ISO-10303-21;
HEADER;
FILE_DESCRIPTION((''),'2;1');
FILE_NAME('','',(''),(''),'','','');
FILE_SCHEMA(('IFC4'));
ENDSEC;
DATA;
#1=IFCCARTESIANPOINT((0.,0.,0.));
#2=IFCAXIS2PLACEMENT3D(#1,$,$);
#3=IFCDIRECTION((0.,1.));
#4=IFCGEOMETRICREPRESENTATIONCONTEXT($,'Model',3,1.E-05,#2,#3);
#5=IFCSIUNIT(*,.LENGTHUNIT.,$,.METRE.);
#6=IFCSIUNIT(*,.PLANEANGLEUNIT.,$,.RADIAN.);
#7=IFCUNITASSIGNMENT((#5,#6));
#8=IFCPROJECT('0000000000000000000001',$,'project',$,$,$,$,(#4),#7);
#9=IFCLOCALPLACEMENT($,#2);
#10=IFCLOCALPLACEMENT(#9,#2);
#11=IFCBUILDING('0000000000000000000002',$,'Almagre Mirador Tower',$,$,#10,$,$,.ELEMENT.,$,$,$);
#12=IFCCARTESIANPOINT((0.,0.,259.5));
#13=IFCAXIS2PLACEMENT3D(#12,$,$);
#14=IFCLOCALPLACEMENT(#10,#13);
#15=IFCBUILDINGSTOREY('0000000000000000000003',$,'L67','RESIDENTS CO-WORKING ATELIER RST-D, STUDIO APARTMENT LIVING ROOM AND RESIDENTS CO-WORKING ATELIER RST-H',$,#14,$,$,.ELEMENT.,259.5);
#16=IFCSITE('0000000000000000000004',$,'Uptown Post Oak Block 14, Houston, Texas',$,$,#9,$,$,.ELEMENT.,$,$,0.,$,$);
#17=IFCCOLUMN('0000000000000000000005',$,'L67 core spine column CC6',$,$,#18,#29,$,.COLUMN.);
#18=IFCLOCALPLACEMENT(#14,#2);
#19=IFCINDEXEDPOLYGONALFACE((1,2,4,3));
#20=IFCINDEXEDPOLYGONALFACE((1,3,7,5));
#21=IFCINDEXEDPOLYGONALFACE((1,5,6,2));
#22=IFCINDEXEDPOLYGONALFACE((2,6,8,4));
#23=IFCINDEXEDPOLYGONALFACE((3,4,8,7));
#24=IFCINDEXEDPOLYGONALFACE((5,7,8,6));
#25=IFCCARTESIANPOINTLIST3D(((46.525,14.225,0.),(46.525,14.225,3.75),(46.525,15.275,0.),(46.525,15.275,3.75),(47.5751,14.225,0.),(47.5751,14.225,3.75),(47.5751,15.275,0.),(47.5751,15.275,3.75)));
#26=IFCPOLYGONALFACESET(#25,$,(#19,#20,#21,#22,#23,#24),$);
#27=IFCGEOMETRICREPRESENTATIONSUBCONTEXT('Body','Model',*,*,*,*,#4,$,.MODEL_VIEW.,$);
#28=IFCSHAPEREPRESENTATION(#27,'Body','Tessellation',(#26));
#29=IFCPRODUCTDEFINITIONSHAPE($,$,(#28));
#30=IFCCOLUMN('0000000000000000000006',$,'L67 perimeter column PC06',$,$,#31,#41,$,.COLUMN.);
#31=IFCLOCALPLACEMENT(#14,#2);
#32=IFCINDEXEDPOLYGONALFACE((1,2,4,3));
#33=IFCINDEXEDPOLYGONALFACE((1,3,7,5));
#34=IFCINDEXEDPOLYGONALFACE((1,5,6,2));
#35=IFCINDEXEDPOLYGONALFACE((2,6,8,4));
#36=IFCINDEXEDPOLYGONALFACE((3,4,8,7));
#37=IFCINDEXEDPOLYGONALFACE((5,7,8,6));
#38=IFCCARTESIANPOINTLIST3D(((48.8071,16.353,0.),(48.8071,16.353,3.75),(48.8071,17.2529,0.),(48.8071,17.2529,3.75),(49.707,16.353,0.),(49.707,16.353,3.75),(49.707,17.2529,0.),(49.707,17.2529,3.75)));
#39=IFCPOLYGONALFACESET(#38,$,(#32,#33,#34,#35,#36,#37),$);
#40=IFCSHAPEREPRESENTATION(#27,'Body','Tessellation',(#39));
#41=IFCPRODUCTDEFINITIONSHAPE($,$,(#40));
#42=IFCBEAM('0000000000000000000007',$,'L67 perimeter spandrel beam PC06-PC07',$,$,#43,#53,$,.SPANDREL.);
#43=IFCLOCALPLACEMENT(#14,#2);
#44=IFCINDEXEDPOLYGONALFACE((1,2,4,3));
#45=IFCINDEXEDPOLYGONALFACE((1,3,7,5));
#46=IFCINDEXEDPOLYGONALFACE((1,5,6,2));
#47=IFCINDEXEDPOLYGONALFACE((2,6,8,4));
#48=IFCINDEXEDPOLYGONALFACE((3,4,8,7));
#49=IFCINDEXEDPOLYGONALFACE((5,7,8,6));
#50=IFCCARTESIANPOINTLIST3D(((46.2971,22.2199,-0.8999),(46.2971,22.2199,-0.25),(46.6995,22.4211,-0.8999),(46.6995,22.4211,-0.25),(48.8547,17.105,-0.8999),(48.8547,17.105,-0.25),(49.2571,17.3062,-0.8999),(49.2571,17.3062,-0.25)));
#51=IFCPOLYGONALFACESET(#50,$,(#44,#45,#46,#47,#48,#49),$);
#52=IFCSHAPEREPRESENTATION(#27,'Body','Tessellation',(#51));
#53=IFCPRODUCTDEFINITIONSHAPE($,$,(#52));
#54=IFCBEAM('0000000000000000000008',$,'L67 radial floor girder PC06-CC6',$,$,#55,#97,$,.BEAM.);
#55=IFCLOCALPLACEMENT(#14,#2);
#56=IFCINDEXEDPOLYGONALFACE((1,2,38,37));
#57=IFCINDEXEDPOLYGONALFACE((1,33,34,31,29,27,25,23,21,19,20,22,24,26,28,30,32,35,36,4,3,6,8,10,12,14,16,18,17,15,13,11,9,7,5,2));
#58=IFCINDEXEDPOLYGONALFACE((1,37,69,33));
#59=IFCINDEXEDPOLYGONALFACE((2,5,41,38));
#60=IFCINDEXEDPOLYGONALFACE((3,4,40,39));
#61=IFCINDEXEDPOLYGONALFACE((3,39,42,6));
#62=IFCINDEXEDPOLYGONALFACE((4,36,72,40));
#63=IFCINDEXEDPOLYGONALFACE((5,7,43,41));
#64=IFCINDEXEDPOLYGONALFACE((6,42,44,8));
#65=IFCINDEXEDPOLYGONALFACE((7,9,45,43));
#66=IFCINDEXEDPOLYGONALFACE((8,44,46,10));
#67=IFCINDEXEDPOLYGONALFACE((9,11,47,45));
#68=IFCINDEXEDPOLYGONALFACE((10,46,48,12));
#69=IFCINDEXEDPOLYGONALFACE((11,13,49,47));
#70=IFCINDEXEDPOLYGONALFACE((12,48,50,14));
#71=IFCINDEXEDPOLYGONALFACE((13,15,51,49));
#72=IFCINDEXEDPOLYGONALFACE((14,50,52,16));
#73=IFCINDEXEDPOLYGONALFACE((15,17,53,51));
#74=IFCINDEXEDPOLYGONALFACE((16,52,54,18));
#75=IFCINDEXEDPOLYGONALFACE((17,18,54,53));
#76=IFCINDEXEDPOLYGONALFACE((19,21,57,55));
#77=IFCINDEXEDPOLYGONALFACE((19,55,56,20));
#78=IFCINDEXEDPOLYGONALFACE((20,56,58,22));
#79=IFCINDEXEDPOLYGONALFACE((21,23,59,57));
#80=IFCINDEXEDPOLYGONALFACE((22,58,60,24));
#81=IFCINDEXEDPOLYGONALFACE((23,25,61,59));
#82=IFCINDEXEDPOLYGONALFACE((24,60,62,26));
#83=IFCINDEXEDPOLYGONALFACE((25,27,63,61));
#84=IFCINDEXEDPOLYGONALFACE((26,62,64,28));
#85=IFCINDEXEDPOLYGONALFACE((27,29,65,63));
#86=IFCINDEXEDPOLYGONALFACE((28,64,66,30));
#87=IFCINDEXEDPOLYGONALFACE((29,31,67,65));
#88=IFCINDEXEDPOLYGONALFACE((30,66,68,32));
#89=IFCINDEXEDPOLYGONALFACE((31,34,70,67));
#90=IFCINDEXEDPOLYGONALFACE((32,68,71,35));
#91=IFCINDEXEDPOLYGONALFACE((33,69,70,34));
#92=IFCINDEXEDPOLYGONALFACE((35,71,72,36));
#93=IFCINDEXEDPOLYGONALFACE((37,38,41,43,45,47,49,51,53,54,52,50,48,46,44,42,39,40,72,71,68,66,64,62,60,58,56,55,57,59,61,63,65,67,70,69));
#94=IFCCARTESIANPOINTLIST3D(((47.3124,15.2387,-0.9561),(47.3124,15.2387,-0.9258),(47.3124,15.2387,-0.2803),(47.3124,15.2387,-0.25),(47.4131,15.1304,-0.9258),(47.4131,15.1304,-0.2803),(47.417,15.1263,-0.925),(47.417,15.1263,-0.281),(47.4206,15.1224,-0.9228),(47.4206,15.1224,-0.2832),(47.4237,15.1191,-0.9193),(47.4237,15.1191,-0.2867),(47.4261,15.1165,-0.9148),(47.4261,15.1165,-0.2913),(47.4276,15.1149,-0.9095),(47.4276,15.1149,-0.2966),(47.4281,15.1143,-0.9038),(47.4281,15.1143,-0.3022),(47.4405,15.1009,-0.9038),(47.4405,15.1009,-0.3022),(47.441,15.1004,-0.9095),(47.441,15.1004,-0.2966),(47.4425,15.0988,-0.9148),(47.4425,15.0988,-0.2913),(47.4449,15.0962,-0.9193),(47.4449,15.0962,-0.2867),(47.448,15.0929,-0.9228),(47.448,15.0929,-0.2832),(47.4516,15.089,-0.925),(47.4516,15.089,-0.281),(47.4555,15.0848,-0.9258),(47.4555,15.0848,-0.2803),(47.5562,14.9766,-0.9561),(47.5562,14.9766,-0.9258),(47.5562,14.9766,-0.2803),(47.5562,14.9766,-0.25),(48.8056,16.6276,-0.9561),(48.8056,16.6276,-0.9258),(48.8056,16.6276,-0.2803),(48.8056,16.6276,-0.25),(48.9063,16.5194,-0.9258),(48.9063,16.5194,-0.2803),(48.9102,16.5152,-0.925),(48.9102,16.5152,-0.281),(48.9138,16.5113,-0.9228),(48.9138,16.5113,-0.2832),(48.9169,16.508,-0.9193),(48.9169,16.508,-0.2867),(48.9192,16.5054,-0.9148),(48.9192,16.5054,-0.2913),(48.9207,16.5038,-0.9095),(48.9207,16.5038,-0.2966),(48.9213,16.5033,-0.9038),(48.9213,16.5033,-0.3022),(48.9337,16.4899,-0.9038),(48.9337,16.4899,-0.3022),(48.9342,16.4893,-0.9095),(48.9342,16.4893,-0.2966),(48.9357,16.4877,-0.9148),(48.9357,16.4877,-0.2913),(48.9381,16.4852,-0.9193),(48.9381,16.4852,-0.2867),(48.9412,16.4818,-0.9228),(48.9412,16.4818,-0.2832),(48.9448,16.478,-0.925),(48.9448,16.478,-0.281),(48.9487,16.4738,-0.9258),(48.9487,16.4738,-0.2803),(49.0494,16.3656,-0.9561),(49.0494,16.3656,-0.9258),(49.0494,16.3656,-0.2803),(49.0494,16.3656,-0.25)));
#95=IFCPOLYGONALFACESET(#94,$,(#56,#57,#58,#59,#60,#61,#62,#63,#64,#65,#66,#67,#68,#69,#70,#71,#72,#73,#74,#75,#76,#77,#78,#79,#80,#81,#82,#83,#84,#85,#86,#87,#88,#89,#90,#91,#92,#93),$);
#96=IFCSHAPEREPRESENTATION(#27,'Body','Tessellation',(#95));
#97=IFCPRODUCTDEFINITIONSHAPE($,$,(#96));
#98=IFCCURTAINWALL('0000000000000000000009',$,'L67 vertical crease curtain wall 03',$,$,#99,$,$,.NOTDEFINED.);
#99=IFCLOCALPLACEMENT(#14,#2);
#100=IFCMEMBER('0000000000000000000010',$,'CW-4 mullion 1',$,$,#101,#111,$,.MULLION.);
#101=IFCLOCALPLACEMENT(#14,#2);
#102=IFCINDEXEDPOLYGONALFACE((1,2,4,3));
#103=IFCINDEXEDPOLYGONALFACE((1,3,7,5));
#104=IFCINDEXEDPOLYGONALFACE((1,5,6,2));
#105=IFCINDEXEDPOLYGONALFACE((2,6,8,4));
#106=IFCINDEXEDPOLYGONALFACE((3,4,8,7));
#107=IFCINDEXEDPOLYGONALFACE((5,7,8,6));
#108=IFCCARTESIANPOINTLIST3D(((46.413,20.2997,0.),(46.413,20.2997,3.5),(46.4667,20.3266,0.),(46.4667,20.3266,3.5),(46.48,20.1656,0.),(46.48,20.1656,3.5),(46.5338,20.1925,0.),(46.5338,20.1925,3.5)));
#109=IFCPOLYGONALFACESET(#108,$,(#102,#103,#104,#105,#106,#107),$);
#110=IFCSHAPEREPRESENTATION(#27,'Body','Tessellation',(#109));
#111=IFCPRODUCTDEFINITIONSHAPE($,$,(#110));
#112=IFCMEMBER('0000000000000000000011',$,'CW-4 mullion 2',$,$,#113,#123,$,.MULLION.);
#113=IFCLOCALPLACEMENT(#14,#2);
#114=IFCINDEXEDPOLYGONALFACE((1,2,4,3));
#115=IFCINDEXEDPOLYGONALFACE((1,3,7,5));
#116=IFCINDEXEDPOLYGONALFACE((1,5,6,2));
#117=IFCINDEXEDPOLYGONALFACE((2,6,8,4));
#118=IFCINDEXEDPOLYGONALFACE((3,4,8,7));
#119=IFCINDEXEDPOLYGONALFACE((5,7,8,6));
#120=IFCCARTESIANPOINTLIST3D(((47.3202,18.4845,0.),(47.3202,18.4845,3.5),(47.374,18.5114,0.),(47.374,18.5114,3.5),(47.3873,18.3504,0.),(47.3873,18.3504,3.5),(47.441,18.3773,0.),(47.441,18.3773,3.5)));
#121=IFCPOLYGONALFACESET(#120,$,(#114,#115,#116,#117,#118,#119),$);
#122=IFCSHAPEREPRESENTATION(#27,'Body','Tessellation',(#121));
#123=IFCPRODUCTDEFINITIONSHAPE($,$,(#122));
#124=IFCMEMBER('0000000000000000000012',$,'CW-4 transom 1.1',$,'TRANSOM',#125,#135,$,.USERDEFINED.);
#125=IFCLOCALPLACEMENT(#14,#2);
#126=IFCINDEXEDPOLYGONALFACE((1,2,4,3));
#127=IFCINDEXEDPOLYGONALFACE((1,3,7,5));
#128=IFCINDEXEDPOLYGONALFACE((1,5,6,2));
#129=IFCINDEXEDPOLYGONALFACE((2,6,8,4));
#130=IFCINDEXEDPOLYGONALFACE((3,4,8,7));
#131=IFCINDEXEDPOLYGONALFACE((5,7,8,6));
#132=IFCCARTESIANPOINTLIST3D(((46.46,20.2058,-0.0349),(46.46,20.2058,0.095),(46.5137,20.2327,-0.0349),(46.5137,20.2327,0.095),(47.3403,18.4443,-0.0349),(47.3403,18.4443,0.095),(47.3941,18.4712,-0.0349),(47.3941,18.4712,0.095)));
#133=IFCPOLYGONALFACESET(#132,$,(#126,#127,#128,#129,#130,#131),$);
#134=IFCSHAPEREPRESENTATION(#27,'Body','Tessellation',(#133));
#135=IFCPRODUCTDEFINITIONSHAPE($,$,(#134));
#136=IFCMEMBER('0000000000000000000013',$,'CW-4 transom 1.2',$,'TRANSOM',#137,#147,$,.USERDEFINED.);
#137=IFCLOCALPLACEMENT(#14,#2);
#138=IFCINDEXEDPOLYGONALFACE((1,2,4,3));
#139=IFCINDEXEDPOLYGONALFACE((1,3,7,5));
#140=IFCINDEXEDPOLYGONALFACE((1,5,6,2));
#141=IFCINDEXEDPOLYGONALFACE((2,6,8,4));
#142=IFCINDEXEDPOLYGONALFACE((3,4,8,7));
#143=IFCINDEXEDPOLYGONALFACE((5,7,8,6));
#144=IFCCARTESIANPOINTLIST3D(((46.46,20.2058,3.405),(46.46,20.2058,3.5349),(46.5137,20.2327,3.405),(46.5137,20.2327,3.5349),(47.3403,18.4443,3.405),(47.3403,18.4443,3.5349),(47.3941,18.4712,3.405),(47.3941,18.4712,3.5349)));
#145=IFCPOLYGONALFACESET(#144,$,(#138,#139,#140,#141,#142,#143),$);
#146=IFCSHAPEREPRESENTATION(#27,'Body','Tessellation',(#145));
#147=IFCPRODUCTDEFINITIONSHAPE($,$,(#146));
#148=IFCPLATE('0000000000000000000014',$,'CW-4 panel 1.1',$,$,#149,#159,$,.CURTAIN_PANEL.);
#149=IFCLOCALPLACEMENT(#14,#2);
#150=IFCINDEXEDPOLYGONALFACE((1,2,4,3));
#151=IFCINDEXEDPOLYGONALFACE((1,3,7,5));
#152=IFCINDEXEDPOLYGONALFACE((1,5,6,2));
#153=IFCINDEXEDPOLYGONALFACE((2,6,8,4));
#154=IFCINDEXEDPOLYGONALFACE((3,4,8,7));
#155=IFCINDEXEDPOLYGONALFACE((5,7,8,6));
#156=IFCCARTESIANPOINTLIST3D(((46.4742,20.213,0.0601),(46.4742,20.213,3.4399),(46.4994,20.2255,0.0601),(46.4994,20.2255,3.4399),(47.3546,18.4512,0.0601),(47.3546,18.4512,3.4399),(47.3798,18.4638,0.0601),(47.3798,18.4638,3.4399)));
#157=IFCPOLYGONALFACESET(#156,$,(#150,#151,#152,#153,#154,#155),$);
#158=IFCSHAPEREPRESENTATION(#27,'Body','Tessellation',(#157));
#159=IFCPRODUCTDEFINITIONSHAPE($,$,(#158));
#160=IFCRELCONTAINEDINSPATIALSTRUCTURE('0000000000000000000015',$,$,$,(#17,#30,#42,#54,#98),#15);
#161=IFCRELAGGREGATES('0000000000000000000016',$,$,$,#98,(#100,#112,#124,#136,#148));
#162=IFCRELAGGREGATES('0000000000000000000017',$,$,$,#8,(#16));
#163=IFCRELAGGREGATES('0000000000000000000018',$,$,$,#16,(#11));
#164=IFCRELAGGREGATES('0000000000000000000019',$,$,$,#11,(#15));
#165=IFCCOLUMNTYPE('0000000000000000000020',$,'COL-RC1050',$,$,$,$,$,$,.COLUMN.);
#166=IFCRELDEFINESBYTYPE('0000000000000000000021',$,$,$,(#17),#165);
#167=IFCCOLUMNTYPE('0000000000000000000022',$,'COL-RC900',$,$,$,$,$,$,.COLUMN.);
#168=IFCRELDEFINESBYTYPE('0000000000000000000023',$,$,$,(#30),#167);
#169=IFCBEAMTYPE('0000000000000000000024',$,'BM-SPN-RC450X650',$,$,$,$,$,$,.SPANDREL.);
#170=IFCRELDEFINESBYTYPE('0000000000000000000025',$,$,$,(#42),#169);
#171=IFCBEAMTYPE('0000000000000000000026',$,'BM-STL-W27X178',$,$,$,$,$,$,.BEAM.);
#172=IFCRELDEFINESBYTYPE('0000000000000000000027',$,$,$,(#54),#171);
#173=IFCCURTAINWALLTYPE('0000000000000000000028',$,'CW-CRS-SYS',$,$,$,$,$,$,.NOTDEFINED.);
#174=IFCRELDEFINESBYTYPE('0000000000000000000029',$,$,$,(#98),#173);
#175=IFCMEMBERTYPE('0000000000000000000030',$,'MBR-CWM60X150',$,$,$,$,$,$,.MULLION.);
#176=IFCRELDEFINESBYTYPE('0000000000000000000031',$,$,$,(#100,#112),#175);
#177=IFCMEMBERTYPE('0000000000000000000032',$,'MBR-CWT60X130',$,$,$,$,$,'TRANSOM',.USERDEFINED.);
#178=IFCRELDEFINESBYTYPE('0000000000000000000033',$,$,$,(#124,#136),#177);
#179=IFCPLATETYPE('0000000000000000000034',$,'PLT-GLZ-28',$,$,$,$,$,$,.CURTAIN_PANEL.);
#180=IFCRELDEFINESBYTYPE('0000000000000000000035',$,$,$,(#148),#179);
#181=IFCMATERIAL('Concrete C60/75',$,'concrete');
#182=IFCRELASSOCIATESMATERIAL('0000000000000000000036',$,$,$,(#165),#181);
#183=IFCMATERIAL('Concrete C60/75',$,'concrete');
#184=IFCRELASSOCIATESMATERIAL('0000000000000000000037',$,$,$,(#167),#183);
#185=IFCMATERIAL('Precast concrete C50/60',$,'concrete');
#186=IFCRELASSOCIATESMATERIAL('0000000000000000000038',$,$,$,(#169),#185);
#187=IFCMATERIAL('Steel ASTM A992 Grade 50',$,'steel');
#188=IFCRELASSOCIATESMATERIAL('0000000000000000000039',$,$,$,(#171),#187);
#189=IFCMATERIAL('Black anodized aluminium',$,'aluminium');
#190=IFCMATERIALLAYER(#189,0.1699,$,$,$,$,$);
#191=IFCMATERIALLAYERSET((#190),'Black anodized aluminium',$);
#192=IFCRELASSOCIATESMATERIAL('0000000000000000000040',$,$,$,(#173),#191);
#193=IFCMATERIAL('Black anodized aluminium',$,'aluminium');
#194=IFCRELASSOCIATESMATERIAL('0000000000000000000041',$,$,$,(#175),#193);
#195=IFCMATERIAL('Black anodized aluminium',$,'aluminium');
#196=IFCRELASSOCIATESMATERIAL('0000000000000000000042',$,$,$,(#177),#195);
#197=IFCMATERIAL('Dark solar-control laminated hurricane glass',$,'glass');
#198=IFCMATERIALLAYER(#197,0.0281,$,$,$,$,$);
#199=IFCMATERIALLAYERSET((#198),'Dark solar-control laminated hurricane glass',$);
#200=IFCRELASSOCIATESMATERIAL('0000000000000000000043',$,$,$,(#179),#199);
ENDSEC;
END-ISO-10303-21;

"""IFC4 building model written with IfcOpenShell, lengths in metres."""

from ifc_helpers import new_model, si_unit, direction, frame, origin, origin_2d, place, context, subcontext, project, spatial, rectangle, i_section, extrude, material, layer, layer_set, material_profile, profile_set, type_object, element, aggregate, save


model = new_model("IFC4")

# Units and contexts
model_context = context("Model", 3, precision=1e-05, world=origin(), true_north=direction((0.0, 1.0)))
body_context = subcontext(model_context, "Body", "Model", "MODEL_VIEW")
ifc_project = project(units=[si_unit("LENGTHUNIT", "METRE"), si_unit("PLANEANGLEUNIT", "RADIAN")], contexts=[model_context])

# Site, building, storey
site_placement = place(None, origin())
site = spatial("IfcSite", under=ifc_project, at=site_placement, Name="Uptown Post Oak Block 14, Houston, Texas", CompositionType="ELEMENT", RefElevation=0.0)
building_placement = place(site_placement, origin())
building = spatial("IfcBuilding", under=site, at=building_placement, Name="Almagre Mirador Tower", CompositionType="ELEMENT")
storey_placement = place(building_placement, frame((0.0, 0.0, 259.5)))
storey = spatial("IfcBuildingStorey", under=building, at=storey_placement, Name="L67", Description="RESIDENTS CO-WORKING ATELIER RST-D, STUDIO APARTMENT LIVING ROOM AND RESIDENTS CO-WORKING ATELIER RST-H", CompositionType="ELEMENT", Elevation=259.5)

# Columns
ifc_material_1 = material(Name="Concrete C60/75", Category="concrete")
ifc_material_profile_1 = material_profile(ifc_material_1, rectangle(XDim=1.05, YDim=1.05, at=origin_2d()), Name="RC1050X1050")
ifc_profile_set_1 = profile_set([ifc_material_profile_1], Name="Concrete C60/75")
column_type_1 = type_object("IfcColumnType", Name="COL-RC1050", PredefinedType="COLUMN", material=ifc_profile_set_1)
column_1_placement = place(storey_placement, frame((47.05, 14.75, 0.0), z_axis=(0.0, 0.0, 1.0), x_axis=(1.0, 0.0, 0.0)))
element("IfcColumn", 1, at=column_1_placement, inside=storey, type_object=column_type_1, Name="L67 core spine column CC6", PredefinedType="COLUMN", context=body_context, shape_type="SweptSolid", body=[
    extrude(rectangle(XDim=1.05, YDim=1.05, at=origin_2d()), origin(), (0.0, 0.0, 1.0), 3.75),
])
ifc_material_2 = material(Name="Concrete C60/75", Category="concrete")
ifc_material_profile_2 = material_profile(ifc_material_2, rectangle(XDim=0.8999, YDim=0.8999, at=origin_2d()), Name="RC900X900")
ifc_profile_set_2 = profile_set([ifc_material_profile_2], Name="Concrete C60/75")
column_type_2 = type_object("IfcColumnType", Name="COL-RC900", PredefinedType="COLUMN", material=ifc_profile_set_2)
column_2_placement = place(storey_placement, frame((49.2571, 16.803, 0.0), z_axis=(0.0, 0.0, 1.0), x_axis=(1.0, 0.0, 0.0)))
element("IfcColumn", 2, at=column_2_placement, inside=storey, type_object=column_type_2, Name="L67 perimeter column PC06", PredefinedType="COLUMN", context=body_context, shape_type="SweptSolid", body=[
    extrude(rectangle(XDim=0.8999, YDim=0.8999, at=origin_2d()), origin(), (0.0, 0.0, 1.0), 3.75),
])

# Beams
ifc_material_3 = material(Name="Precast concrete C50/60", Category="concrete")
ifc_material_profile_3 = material_profile(ifc_material_3, rectangle(XDim=0.45, YDim=0.6499, at=origin_2d()), Name="RC450X650")
ifc_profile_set_3 = profile_set([ifc_material_profile_3], Name="Precast concrete C50/60")
beam_type_1 = type_object("IfcBeamType", Name="BM-SPN-RC450X650", PredefinedType="SPANDREL", material=ifc_profile_set_3)
beam_1_placement = place(storey_placement, frame((49.0559, 17.2056, -0.575), z_axis=(-0.447231, 0.894419, 0.0), x_axis=(-0.894419, -0.447231, 0.0)))
element("IfcBeam", 3, at=beam_1_placement, inside=storey, type_object=beam_type_1, Name="L67 perimeter spandrel beam PC06-PC07", PredefinedType="SPANDREL", context=body_context, shape_type="SweptSolid", body=[
    extrude(rectangle(XDim=0.45, YDim=0.6499, at=origin_2d()), origin(), (0.0, 0.0, 1.0), 5.7188),
])
ifc_material_4 = material(Name="Steel ASTM A992 Grade 50", Category="steel")
ifc_material_profile_4 = material_profile(ifc_material_4, i_section(OverallWidth=0.3579, OverallDepth=0.7061, WebThickness=0.0183, FlangeThickness=0.0303, FilletRadius=0.022, at=origin_2d()), Name="W27X178")
ifc_profile_set_4 = profile_set([ifc_material_profile_4], Name="Steel ASTM A992 Grade 50")
beam_type_2 = type_object("IfcBeamType", Name="BM-STL-W27X178", PredefinedType="BEAM", material=ifc_profile_set_4)
beam_2_placement = place(storey_placement, frame((48.9275, 16.4966, -0.603), z_axis=(-0.732205, -0.681085, 0.0), x_axis=(0.681085, -0.732205, 0.0)))
element("IfcBeam", 4, at=beam_2_placement, inside=storey, type_object=beam_type_2, Name="L67 radial floor girder PC06-CC6", PredefinedType="BEAM", context=body_context, shape_type="SweptSolid", body=[
    extrude(i_section(OverallWidth=0.3579, OverallDepth=0.7061, WebThickness=0.0183, FlangeThickness=0.0303, FilletRadius=0.022, at=origin_2d()), origin(), (0.0, 0.0, 1.0), 2.0393),
])

# Curtain wall, members, plate
ifc_material_5 = material(Name="Black anodized aluminium", Category="aluminium")
ifc_layer_1 = layer(ifc_material_5, 0.1699)
ifc_layer_set_1 = layer_set([ifc_layer_1], Name="Black anodized aluminium")
curtain_wall_type = type_object("IfcCurtainWallType", Name="CW-CRS-SYS", PredefinedType="NOTDEFINED", material=ifc_layer_set_1)
curtain_wall_placement = place(storey_placement, origin())
curtain_wall = element("IfcCurtainWall", 5, at=curtain_wall_placement, inside=storey, type_object=curtain_wall_type, Name="L67 vertical crease curtain wall 03", PredefinedType="NOTDEFINED")
ifc_material_6 = material(Name="Black anodized aluminium", Category="aluminium")
ifc_material_profile_5 = material_profile(ifc_material_6, rectangle(XDim=0.0601, YDim=0.1499, at=origin_2d()), Name="CWM60X150")
ifc_profile_set_5 = profile_set([ifc_material_profile_5], Name="Black anodized aluminium")
member_type_1 = type_object("IfcMemberType", Name="MBR-CWM60X150", PredefinedType="MULLION", material=ifc_profile_set_5)
member_1_placement = place(storey_placement, frame((46.4734, 20.2461, 0.0), z_axis=(0.0, 0.0, 1.0), x_axis=(0.894523, 0.447022, 0.0)))
member_1 = element("IfcMember", 6, at=member_1_placement, type_object=member_type_1, Name="CW-4 mullion 1", PredefinedType="MULLION", context=body_context, shape_type="SweptSolid", body=[
    extrude(rectangle(XDim=0.0601, YDim=0.1499, at=origin_2d()), origin(), (0.0, 0.0, 1.0), 3.5),
])
member_2_placement = place(storey_placement, frame((47.3806, 18.4309, 0.0), z_axis=(0.0, 0.0, 1.0), x_axis=(0.894523, 0.447022, 0.0)))
member_2 = element("IfcMember", 7, at=member_2_placement, type_object=member_type_1, Name="CW-4 mullion 2", PredefinedType="MULLION", context=body_context, shape_type="SweptSolid", body=[
    extrude(rectangle(XDim=0.0601, YDim=0.1499, at=origin_2d()), origin(), (0.0, 0.0, 1.0), 3.5),
])
ifc_material_7 = material(Name="Black anodized aluminium", Category="aluminium")
ifc_material_profile_6 = material_profile(ifc_material_7, rectangle(XDim=0.0601, YDim=0.1299, at=origin_2d()), Name="CWT60X130")
ifc_profile_set_6 = profile_set([ifc_material_profile_6], Name="Black anodized aluminium")
member_type_2 = type_object("IfcMemberType", Name="MBR-CWT60X130", ElementType="TRANSOM", PredefinedType="USERDEFINED", material=ifc_profile_set_6)
member_3_placement = place(storey_placement, frame((46.4868, 20.2192, 0.03), z_axis=(0.447065, -0.894502, 0.0), x_axis=(0.894502, 0.447065, 0.0)))
member_3 = element("IfcMember", 8, at=member_3_placement, type_object=member_type_2, Name="CW-4 transom 1.1", ObjectType="TRANSOM", PredefinedType="USERDEFINED", context=body_context, shape_type="SweptSolid", body=[
    extrude(rectangle(XDim=0.0601, YDim=0.1299, at=origin_2d()), origin(), (0.0, 0.0, 1.0), 1.9692),
])
member_4_placement = place(storey_placement, frame((46.4868, 20.2192, 3.47), z_axis=(0.447065, -0.894502, 0.0), x_axis=(0.894502, 0.447065, 0.0)))
member_4 = element("IfcMember", 9, at=member_4_placement, type_object=member_type_2, Name="CW-4 transom 1.2", ObjectType="TRANSOM", PredefinedType="USERDEFINED", context=body_context, shape_type="SweptSolid", body=[
    extrude(rectangle(XDim=0.0601, YDim=0.1299, at=origin_2d()), origin(), (0.0, 0.0, 1.0), 1.9692),
])
ifc_material_8 = material(Name="Dark solar-control laminated hurricane glass", Category="glass")
ifc_layer_2 = layer(ifc_material_8, 0.0281)
ifc_layer_set_2 = layer_set([ifc_layer_2], Name="Dark solar-control laminated hurricane glass")
plate_type = type_object("IfcPlateType", Name="PLT-GLZ-28", PredefinedType="CURTAIN_PANEL", material=ifc_layer_set_2)
plate_placement = place(storey_placement, frame((46.927, 19.3384, 0.0601), z_axis=(0.0, 0.0, 1.0), x_axis=(0.447022, -0.894523, 0.0)))
plate = element("IfcPlate", 10, at=plate_placement, type_object=plate_type, Name="CW-4 panel 1.1", PredefinedType="CURTAIN_PANEL", context=body_context, shape_type="SweptSolid", body=[
    extrude(rectangle(XDim=1.9695, YDim=0.0281, at=origin_2d()), origin(), (0.0, 0.0, 1.0), 3.3799),
])
aggregate(curtain_wall, [member_1, member_2, member_3, member_4, plate])

save(model, "model.ifc")
